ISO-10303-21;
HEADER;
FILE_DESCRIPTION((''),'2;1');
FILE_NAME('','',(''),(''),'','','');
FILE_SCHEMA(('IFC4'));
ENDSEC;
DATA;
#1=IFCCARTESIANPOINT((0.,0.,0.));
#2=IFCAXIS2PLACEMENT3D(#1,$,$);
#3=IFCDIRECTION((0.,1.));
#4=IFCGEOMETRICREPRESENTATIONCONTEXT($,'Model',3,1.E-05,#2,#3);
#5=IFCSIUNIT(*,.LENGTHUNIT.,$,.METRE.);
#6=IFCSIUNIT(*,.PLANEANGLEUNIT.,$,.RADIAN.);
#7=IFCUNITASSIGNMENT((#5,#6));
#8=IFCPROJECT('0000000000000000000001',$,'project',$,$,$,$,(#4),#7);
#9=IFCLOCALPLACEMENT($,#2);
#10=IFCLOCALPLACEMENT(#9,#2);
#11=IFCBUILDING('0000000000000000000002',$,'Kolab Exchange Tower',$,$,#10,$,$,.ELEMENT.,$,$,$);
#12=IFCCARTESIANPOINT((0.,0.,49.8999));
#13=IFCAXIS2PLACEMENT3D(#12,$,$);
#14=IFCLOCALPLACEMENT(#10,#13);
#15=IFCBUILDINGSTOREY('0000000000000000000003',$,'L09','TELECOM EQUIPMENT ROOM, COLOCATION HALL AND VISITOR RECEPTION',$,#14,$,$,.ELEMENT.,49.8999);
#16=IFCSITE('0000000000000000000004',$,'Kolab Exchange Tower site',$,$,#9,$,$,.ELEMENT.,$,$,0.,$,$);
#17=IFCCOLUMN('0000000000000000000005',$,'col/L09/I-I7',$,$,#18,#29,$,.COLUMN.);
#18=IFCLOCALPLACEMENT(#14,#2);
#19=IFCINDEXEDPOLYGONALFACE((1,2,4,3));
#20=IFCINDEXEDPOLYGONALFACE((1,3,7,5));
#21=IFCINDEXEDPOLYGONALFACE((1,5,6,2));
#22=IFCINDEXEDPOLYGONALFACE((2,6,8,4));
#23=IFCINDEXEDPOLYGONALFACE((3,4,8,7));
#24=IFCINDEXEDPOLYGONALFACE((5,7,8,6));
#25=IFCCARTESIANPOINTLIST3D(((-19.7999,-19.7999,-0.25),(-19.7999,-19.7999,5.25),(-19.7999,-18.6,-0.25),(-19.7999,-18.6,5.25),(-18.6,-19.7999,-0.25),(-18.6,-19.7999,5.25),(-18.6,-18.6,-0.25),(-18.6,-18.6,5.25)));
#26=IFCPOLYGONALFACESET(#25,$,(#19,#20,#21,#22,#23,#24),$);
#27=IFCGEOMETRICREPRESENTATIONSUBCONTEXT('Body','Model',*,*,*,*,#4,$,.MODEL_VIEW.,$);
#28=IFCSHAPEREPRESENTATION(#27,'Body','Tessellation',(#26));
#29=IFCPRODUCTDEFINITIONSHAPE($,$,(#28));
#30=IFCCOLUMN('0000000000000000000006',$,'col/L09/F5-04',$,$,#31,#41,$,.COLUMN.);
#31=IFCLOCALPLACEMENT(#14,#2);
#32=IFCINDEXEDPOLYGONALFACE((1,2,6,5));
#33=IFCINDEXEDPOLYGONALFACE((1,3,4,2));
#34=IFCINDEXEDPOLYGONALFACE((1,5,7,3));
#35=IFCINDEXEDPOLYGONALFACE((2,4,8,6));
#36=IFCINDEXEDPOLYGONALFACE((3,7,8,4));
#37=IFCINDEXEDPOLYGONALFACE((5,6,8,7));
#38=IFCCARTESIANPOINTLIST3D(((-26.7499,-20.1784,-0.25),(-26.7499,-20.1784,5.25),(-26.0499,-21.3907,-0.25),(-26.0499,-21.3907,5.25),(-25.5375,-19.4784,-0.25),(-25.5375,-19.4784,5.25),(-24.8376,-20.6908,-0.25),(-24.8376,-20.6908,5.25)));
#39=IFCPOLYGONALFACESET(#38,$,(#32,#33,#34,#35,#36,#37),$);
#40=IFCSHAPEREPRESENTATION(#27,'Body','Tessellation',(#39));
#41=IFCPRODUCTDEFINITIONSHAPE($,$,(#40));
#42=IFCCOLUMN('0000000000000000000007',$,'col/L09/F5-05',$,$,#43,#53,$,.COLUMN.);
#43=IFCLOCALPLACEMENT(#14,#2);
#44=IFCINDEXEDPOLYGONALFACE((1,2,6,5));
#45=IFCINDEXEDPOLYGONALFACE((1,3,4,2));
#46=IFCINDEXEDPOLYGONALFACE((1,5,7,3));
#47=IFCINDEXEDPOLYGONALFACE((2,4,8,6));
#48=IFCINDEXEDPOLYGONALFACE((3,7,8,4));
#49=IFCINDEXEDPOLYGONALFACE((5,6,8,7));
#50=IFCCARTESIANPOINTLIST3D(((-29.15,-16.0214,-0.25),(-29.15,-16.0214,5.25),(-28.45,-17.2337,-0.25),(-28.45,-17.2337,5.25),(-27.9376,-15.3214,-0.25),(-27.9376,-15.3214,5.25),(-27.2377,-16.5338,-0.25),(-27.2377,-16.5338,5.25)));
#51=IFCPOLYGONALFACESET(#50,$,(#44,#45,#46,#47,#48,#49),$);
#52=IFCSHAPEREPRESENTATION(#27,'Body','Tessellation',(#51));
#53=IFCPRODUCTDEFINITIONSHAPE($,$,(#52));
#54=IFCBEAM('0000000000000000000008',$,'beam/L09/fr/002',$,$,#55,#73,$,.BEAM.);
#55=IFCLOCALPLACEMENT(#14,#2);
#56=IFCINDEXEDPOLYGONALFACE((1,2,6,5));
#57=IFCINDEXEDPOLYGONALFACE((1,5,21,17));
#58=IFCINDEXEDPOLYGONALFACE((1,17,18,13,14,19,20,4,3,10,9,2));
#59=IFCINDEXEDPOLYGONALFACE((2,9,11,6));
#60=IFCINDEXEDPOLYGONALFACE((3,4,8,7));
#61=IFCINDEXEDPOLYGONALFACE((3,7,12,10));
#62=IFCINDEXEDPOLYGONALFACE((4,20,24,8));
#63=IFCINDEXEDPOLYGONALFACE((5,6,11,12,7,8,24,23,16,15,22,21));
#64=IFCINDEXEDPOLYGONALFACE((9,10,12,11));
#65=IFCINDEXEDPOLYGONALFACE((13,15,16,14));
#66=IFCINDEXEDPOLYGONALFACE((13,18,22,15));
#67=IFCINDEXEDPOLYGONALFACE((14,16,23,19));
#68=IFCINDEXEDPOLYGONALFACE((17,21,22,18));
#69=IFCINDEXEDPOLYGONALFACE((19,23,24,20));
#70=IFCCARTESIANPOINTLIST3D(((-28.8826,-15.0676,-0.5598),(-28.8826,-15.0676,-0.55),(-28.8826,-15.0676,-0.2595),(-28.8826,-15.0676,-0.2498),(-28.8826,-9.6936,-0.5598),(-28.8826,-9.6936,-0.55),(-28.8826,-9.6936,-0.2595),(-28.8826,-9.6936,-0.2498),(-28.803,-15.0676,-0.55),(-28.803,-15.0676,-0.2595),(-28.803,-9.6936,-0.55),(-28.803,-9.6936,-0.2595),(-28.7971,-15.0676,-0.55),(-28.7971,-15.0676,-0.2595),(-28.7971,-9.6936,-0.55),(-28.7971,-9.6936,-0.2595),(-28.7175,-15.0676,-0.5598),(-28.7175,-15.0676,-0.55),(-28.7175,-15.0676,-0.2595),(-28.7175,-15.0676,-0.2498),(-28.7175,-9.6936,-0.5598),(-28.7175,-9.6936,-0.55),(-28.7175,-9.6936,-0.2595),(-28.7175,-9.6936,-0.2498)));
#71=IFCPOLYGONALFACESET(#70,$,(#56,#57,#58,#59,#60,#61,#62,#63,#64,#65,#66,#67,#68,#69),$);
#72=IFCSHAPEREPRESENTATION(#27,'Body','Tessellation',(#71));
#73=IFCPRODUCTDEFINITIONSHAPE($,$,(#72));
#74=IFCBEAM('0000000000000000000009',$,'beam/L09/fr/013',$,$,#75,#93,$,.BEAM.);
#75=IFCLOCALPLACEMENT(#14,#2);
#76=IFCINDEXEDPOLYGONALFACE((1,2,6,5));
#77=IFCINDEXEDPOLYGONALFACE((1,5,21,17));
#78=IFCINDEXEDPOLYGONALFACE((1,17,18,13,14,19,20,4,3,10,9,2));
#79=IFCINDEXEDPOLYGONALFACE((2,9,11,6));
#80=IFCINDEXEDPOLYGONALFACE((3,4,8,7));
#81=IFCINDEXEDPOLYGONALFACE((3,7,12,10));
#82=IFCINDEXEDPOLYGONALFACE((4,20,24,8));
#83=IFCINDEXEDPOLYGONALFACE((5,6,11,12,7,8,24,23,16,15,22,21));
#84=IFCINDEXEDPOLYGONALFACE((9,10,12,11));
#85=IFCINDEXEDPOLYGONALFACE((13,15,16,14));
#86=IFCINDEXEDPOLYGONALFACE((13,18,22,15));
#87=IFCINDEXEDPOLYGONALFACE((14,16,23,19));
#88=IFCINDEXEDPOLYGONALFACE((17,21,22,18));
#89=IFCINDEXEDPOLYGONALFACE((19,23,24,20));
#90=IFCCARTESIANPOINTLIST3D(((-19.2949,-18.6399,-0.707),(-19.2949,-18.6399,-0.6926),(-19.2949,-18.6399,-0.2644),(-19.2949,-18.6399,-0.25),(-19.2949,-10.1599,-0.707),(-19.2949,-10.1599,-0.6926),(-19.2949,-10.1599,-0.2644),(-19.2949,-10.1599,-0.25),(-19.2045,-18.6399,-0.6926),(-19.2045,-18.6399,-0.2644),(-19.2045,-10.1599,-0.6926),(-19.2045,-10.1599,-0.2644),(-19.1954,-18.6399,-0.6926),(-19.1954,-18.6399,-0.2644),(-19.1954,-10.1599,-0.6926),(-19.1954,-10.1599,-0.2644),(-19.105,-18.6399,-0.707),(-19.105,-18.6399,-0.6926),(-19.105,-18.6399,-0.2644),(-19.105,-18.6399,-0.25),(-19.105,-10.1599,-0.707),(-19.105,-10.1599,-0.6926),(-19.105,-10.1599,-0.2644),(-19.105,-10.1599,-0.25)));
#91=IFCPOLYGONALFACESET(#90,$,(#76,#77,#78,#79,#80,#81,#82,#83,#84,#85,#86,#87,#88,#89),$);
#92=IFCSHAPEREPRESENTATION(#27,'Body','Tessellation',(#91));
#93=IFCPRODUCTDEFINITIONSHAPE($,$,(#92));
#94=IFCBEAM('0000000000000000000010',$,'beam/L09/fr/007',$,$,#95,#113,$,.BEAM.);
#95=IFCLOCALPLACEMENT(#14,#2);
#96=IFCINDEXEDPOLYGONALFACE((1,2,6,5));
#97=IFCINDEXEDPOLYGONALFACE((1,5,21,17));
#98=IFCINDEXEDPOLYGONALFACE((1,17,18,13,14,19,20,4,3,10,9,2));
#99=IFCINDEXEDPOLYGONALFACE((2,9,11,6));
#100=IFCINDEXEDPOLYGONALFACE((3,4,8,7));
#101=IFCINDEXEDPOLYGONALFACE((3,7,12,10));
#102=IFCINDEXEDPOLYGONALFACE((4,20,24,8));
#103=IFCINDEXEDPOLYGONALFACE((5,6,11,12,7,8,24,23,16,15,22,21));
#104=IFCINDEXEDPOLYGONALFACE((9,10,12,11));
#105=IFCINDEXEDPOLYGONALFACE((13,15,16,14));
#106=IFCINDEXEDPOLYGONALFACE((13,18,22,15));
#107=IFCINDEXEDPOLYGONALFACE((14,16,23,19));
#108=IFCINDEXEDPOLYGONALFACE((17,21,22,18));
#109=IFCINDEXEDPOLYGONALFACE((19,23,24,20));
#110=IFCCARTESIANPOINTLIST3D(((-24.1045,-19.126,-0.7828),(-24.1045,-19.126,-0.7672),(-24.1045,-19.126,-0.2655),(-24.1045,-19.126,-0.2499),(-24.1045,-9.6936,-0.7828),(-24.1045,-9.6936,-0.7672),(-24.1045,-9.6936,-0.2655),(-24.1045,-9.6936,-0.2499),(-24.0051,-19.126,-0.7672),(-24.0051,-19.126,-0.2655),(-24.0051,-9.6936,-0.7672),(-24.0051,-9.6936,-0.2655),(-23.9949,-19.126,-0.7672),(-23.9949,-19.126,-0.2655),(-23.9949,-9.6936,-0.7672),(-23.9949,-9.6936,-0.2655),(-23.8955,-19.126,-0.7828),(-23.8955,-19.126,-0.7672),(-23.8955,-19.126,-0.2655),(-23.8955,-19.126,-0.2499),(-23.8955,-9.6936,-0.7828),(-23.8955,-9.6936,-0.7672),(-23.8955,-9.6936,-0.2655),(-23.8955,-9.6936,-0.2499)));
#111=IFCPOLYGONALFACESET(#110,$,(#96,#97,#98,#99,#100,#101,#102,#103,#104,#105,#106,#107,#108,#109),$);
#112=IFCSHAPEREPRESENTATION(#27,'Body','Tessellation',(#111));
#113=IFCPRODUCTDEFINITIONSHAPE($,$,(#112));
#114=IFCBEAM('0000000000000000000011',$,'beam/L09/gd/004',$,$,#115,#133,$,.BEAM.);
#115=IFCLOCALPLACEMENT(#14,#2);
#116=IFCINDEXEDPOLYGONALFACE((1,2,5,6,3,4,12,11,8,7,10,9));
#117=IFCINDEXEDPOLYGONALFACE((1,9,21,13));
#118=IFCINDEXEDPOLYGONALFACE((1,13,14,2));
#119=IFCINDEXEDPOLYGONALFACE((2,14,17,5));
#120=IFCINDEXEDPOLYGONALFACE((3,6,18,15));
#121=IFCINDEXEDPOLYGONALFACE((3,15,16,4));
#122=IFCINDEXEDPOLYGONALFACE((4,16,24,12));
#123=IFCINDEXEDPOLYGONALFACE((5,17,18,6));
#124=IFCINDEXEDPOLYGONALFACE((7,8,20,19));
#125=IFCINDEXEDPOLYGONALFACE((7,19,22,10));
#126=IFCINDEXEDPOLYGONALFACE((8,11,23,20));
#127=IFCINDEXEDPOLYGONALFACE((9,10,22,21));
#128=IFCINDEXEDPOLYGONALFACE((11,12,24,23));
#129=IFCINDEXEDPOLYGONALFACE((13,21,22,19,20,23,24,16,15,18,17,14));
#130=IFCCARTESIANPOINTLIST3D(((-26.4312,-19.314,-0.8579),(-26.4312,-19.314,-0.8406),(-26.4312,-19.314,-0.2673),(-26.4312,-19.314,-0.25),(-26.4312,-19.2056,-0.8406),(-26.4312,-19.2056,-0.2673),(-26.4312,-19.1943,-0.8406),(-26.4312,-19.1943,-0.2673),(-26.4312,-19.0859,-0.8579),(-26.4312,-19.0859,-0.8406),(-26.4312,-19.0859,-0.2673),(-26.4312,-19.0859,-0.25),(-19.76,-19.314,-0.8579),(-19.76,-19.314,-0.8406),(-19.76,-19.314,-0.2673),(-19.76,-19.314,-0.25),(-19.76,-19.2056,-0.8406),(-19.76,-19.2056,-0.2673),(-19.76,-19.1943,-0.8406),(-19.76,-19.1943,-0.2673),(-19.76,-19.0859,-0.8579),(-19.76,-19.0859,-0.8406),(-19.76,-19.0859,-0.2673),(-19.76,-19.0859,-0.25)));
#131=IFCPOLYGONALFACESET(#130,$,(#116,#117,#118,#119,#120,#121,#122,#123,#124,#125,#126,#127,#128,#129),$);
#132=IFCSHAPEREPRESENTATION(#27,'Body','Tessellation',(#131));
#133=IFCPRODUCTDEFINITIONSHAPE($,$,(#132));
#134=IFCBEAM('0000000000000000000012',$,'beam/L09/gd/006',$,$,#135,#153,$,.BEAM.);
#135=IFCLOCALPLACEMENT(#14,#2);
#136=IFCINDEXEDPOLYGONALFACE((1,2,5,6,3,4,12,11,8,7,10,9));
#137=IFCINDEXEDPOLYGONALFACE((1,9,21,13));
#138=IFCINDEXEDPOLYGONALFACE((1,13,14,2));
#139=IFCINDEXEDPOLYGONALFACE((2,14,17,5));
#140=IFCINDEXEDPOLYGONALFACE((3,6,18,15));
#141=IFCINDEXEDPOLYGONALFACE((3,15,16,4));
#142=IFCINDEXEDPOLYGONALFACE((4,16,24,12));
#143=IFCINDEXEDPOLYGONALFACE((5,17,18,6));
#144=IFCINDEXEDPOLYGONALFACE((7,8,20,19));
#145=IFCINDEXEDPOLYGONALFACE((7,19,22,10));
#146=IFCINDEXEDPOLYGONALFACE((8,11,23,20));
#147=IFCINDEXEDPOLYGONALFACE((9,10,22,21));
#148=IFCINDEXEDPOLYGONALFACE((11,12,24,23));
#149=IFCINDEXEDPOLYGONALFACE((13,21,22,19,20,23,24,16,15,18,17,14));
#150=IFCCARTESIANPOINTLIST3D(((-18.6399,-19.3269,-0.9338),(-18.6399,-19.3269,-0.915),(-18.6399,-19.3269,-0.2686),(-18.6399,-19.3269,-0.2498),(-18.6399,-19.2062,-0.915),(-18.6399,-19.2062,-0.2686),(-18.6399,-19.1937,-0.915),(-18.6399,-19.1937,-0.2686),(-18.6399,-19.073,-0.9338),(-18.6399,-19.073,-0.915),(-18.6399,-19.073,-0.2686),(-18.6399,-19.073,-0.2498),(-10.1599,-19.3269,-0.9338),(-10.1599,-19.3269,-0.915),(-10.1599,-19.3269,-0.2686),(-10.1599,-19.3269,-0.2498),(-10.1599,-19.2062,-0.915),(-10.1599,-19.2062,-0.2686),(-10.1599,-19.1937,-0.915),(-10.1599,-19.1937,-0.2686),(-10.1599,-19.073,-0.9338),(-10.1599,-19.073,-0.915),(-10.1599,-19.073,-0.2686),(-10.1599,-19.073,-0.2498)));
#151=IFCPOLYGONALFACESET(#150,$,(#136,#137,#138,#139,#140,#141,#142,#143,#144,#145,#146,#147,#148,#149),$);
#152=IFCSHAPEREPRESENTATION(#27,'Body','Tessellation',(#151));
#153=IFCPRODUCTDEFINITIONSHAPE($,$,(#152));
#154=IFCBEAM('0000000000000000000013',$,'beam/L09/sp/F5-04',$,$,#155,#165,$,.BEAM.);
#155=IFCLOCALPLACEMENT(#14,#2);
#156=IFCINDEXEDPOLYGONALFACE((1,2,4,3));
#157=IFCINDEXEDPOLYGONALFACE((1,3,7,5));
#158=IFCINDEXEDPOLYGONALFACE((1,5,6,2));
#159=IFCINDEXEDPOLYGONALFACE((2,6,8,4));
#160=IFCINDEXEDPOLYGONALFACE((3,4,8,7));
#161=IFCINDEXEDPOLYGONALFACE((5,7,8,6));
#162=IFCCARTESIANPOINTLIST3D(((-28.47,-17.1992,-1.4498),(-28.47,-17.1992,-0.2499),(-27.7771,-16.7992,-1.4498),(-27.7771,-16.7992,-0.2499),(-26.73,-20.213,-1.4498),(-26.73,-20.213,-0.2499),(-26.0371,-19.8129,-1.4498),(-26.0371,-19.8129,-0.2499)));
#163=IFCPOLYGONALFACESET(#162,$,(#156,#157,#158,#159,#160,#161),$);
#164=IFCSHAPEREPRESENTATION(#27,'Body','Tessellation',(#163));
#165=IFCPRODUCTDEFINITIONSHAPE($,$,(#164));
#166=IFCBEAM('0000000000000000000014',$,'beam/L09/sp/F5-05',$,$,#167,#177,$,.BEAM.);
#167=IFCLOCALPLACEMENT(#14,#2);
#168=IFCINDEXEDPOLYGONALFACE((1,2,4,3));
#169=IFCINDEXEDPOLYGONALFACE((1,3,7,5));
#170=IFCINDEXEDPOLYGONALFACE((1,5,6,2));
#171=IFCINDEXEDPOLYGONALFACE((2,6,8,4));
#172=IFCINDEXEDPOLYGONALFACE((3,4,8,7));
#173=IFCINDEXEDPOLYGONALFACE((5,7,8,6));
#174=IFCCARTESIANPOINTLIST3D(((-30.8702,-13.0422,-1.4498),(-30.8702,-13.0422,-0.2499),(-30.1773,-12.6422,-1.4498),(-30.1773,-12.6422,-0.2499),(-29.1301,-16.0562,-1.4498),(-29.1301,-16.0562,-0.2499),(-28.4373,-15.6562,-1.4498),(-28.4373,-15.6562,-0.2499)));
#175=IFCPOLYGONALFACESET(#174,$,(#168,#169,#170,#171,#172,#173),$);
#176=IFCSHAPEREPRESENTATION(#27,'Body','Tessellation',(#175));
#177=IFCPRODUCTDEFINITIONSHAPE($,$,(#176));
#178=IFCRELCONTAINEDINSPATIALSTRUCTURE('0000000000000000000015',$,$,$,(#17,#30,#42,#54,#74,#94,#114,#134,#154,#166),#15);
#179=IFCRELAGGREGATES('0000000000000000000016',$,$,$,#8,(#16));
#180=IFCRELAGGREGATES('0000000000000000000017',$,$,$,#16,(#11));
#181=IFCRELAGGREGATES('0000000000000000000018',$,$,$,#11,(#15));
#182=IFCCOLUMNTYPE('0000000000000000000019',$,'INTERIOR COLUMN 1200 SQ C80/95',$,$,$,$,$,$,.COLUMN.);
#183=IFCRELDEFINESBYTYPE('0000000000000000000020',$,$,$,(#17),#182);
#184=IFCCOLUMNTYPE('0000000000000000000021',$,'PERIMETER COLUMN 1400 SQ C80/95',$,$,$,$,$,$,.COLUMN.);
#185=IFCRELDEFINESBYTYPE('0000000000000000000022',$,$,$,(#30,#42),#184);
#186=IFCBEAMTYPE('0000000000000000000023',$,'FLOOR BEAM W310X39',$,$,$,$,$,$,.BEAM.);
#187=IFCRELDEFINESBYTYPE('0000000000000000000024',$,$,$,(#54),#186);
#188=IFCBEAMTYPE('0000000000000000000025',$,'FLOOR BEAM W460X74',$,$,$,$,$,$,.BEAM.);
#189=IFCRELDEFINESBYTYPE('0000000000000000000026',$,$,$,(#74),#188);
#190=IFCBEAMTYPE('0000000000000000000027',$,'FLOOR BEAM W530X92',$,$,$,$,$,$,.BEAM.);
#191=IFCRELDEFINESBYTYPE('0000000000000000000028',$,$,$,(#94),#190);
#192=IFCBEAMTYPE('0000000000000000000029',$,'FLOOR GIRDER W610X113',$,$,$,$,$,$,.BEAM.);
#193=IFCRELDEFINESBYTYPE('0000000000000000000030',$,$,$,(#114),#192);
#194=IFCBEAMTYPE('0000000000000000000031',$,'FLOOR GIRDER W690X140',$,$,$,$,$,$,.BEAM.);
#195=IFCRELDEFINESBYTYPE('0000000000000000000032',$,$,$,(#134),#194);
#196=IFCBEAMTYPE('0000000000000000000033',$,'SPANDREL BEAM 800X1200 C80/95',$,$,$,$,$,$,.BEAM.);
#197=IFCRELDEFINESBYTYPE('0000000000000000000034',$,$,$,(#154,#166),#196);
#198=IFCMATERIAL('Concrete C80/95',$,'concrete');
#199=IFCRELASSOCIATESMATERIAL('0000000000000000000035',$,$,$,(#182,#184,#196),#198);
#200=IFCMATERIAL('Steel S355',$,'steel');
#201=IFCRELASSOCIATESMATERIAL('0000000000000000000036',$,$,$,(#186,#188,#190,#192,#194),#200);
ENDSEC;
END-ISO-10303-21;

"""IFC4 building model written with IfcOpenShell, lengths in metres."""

from ifc_helpers import new_model, si_unit, direction, frame, origin, origin_2d, place, context, subcontext, project, spatial, rectangle, i_section, extrude, material, material_profile, profile_set, type_object, element, save


model = new_model("IFC4")

# Units and contexts
model_context = context("Model", 3, precision=1e-05, world=origin(), true_north=direction((0.0, 1.0)))
body_context = subcontext(model_context, "Body", "Model", "MODEL_VIEW")
ifc_project = project(units=[si_unit("LENGTHUNIT", "METRE"), si_unit("PLANEANGLEUNIT", "RADIAN")], contexts=[model_context])

# Site, building, storey
site_placement = place(None, origin())
site = spatial("IfcSite", under=ifc_project, at=site_placement, Name="Kolab Exchange Tower site", CompositionType="ELEMENT", RefElevation=0.0)
building_placement = place(site_placement, origin())
building = spatial("IfcBuilding", under=site, at=building_placement, Name="Kolab Exchange Tower", CompositionType="ELEMENT")
storey_placement = place(building_placement, frame((0.0, 0.0, 49.8999)))
storey = spatial("IfcBuildingStorey", under=building, at=storey_placement, Name="L09", Description="TELECOM EQUIPMENT ROOM, COLOCATION HALL AND VISITOR RECEPTION", CompositionType="ELEMENT", Elevation=49.8999)

# Columns
ifc_material_1 = material(Name="Concrete C80/95", Category="concrete")
ifc_material_profile_1 = material_profile(ifc_material_1, rectangle(XDim=1.2, YDim=1.2, at=origin_2d()), Name="RC1200")
ifc_profile_set_1 = profile_set([ifc_material_profile_1], Name="Concrete C80/95")
column_type_1 = type_object("IfcColumnType", Name="INTERIOR COLUMN 1200 SQ C80/95", PredefinedType="COLUMN", material=ifc_profile_set_1)
column_placement = place(storey_placement, frame((-19.2, -19.2, -0.25), z_axis=(0.0, 0.0, 1.0), x_axis=(1.0, 0.0, 0.0)))
element("IfcColumn", 1, at=column_placement, inside=storey, type_object=column_type_1, Name="col/L09/I-I7", PredefinedType="COLUMN", context=body_context, shape_type="SweptSolid", body=[
    extrude(rectangle(XDim=1.2, YDim=1.2, at=origin_2d()), origin(), (0.0, 0.0, 1.0), 5.5),
])
ifc_material_profile_2 = material_profile(ifc_material_1, rectangle(XDim=1.3999, YDim=1.3999, at=origin_2d()), Name="RC1400")
ifc_profile_set_2 = profile_set([ifc_material_profile_2], Name="Concrete C80/95")
column_type_2 = type_object("IfcColumnType", Name="PERIMETER COLUMN 1400 SQ C80/95", PredefinedType="COLUMN", material=ifc_profile_set_2)
for number, where, z_axis, x_axis, name in (
    (2, (-25.7937, -20.4346, -0.25), (0.0, 0.0, 1.0), (0.866025, 0.5, 0.0), "col/L09/F5-04"),
    (3, (-28.1938, -16.2776, -0.25), (0.0, 0.0, 1.0), (0.866025, 0.5, 0.0), "col/L09/F5-05"),
):
    element("IfcColumn", number, at=place(storey_placement, frame(where, z_axis=z_axis, x_axis=x_axis)), inside=storey, type_object=column_type_2, Name=name, PredefinedType="COLUMN", context=body_context, shape_type="SweptSolid", body=[
        extrude(rectangle(XDim=1.3999, YDim=1.3999, at=origin_2d()), origin(), (0.0, 0.0, 1.0), 5.5),
    ])

# Beams
ifc_material_2 = material(Name="Steel S355", Category="steel")
ifc_material_profile_3 = material_profile(ifc_material_2, i_section(OverallWidth=0.165, OverallDepth=0.3101, WebThickness=0.0059, FlangeThickness=0.0098, at=origin_2d()), Name="W310X39")
ifc_profile_set_3 = profile_set([ifc_material_profile_3], Name="Steel S355")
beam_type_1 = type_object("IfcBeamType", Name="FLOOR BEAM W310X39", PredefinedType="BEAM", material=ifc_profile_set_3)
beam_1_placement = place(storey_placement, frame((-28.8, -15.0676, -0.4048), z_axis=(0.0, 1.0, 0.0), x_axis=(-1.0, 0.0, 0.0)))
element("IfcBeam", 4, at=beam_1_placement, inside=storey, type_object=beam_type_1, Name="beam/L09/fr/002", PredefinedType="BEAM", context=body_context, shape_type="SweptSolid", body=[
    extrude(i_section(OverallWidth=0.165, OverallDepth=0.3101, WebThickness=0.0059, FlangeThickness=0.0098, at=origin_2d()), origin(), (0.0, 0.0, 1.0), 5.374),
])
ifc_material_profile_4 = material_profile(ifc_material_2, i_section(OverallWidth=0.1899, OverallDepth=0.457, WebThickness=0.009, FlangeThickness=0.0144, at=origin_2d()), Name="W460X74")
ifc_profile_set_4 = profile_set([ifc_material_profile_4], Name="Steel S355")
beam_type_2 = type_object("IfcBeamType", Name="FLOOR BEAM W460X74", PredefinedType="BEAM", material=ifc_profile_set_4)
beam_2_placement = place(storey_placement, frame((-19.2, -18.6399, -0.4785), z_axis=(0.0, 1.0, 0.0), x_axis=(-1.0, 0.0, 0.0)))
element("IfcBeam", 5, at=beam_2_placement, inside=storey, type_object=beam_type_2, Name="beam/L09/fr/013", PredefinedType="BEAM", context=body_context, shape_type="SweptSolid", body=[
    extrude(i_section(OverallWidth=0.1899, OverallDepth=0.457, WebThickness=0.009, FlangeThickness=0.0144, at=origin_2d()), origin(), (0.0, 0.0, 1.0), 8.48),
])
ifc_material_profile_5 = material_profile(ifc_material_2, i_section(OverallWidth=0.209, OverallDepth=0.533, WebThickness=0.0103, FlangeThickness=0.0156, at=origin_2d()), Name="W530X92")
ifc_profile_set_5 = profile_set([ifc_material_profile_5], Name="Steel S355")
beam_type_3 = type_object("IfcBeamType", Name="FLOOR BEAM W530X92", PredefinedType="BEAM", material=ifc_profile_set_5)
beam_3_placement = place(storey_placement, frame((-24.0, -19.126, -0.5164), z_axis=(0.0, 1.0, 0.0), x_axis=(-1.0, 0.0, 0.0)))
element("IfcBeam", 6, at=beam_3_placement, inside=storey, type_object=beam_type_3, Name="beam/L09/fr/007", PredefinedType="BEAM", context=body_context, shape_type="SweptSolid", body=[
    extrude(i_section(OverallWidth=0.209, OverallDepth=0.533, WebThickness=0.0103, FlangeThickness=0.0156, at=origin_2d()), origin(), (0.0, 0.0, 1.0), 9.4324),
])
ifc_material_profile_6 = material_profile(ifc_material_2, i_section(OverallWidth=0.228, OverallDepth=0.6079, WebThickness=0.0112, FlangeThickness=0.0173, at=origin_2d()), Name="W610X113")
ifc_profile_set_6 = profile_set([ifc_material_profile_6], Name="Steel S355")
beam_type_4 = type_object("IfcBeamType", Name="FLOOR GIRDER W610X113", PredefinedType="BEAM", material=ifc_profile_set_6)
beam_4_placement = place(storey_placement, frame((-26.4312, -19.2, -0.554), z_axis=(1.0, 0.0, 0.0), x_axis=(0.0, 1.0, 0.0)))
element("IfcBeam", 7, at=beam_4_placement, inside=storey, type_object=beam_type_4, Name="beam/L09/gd/004", PredefinedType="BEAM", context=body_context, shape_type="SweptSolid", body=[
    extrude(i_section(OverallWidth=0.228, OverallDepth=0.6079, WebThickness=0.0112, FlangeThickness=0.0173, at=origin_2d()), origin(), (0.0, 0.0, 1.0), 6.6711),
])
ifc_material_profile_7 = material_profile(ifc_material_2, i_section(OverallWidth=0.2539, OverallDepth=0.6841, WebThickness=0.0125, FlangeThickness=0.0188, at=origin_2d()), Name="W690X140")
ifc_profile_set_7 = profile_set([ifc_material_profile_7], Name="Steel S355")
beam_type_5 = type_object("IfcBeamType", Name="FLOOR GIRDER W690X140", PredefinedType="BEAM", material=ifc_profile_set_7)
beam_5_placement = place(storey_placement, frame((-18.6399, -19.2, -0.5918), z_axis=(1.0, 0.0, 0.0), x_axis=(0.0, 1.0, 0.0)))
element("IfcBeam", 8, at=beam_5_placement, inside=storey, type_object=beam_type_5, Name="beam/L09/gd/006", PredefinedType="BEAM", context=body_context, shape_type="SweptSolid", body=[
    extrude(i_section(OverallWidth=0.2539, OverallDepth=0.6841, WebThickness=0.0125, FlangeThickness=0.0188, at=origin_2d()), origin(), (0.0, 0.0, 1.0), 8.48),
])
ifc_material_profile_8 = material_profile(ifc_material_1, rectangle(XDim=0.8, YDim=1.2, at=origin_2d()), Name="RC800X1200")
ifc_profile_set_8 = profile_set([ifc_material_profile_8], Name="Concrete C80/95")
beam_type_6 = type_object("IfcBeamType", Name="SPANDREL BEAM 800X1200 C80/95", PredefinedType="BEAM", material=ifc_profile_set_8)
beam_6_placement = place(storey_placement, frame((-26.3835, -20.0129, -0.8499), z_axis=(-0.50001, 0.86602, 0.0), x_axis=(-0.86602, -0.50001, 0.0)))
element("IfcBeam", 9, at=beam_6_placement, inside=storey, type_object=beam_type_6, Name="beam/L09/sp/F5-04", PredefinedType="BEAM", context=body_context, shape_type="SweptSolid", body=[
    extrude(rectangle(XDim=0.8, YDim=1.2, at=origin_2d()), origin(), (0.0, 0.0, 1.0), 3.48),
])
beam_7_placement = place(storey_placement, frame((-28.7837, -15.8562, -0.8499), z_axis=(-0.49998, 0.866037, 0.0), x_axis=(-0.866037, -0.49998, 0.0)))
element("IfcBeam", 10, at=beam_7_placement, inside=storey, type_object=beam_type_6, Name="beam/L09/sp/F5-05", PredefinedType="BEAM", context=body_context, shape_type="SweptSolid", body=[
    extrude(rectangle(XDim=0.8, YDim=1.2, at=origin_2d()), origin(), (0.0, 0.0, 1.0), 3.4802),
])

save(model, "model.ifc")
